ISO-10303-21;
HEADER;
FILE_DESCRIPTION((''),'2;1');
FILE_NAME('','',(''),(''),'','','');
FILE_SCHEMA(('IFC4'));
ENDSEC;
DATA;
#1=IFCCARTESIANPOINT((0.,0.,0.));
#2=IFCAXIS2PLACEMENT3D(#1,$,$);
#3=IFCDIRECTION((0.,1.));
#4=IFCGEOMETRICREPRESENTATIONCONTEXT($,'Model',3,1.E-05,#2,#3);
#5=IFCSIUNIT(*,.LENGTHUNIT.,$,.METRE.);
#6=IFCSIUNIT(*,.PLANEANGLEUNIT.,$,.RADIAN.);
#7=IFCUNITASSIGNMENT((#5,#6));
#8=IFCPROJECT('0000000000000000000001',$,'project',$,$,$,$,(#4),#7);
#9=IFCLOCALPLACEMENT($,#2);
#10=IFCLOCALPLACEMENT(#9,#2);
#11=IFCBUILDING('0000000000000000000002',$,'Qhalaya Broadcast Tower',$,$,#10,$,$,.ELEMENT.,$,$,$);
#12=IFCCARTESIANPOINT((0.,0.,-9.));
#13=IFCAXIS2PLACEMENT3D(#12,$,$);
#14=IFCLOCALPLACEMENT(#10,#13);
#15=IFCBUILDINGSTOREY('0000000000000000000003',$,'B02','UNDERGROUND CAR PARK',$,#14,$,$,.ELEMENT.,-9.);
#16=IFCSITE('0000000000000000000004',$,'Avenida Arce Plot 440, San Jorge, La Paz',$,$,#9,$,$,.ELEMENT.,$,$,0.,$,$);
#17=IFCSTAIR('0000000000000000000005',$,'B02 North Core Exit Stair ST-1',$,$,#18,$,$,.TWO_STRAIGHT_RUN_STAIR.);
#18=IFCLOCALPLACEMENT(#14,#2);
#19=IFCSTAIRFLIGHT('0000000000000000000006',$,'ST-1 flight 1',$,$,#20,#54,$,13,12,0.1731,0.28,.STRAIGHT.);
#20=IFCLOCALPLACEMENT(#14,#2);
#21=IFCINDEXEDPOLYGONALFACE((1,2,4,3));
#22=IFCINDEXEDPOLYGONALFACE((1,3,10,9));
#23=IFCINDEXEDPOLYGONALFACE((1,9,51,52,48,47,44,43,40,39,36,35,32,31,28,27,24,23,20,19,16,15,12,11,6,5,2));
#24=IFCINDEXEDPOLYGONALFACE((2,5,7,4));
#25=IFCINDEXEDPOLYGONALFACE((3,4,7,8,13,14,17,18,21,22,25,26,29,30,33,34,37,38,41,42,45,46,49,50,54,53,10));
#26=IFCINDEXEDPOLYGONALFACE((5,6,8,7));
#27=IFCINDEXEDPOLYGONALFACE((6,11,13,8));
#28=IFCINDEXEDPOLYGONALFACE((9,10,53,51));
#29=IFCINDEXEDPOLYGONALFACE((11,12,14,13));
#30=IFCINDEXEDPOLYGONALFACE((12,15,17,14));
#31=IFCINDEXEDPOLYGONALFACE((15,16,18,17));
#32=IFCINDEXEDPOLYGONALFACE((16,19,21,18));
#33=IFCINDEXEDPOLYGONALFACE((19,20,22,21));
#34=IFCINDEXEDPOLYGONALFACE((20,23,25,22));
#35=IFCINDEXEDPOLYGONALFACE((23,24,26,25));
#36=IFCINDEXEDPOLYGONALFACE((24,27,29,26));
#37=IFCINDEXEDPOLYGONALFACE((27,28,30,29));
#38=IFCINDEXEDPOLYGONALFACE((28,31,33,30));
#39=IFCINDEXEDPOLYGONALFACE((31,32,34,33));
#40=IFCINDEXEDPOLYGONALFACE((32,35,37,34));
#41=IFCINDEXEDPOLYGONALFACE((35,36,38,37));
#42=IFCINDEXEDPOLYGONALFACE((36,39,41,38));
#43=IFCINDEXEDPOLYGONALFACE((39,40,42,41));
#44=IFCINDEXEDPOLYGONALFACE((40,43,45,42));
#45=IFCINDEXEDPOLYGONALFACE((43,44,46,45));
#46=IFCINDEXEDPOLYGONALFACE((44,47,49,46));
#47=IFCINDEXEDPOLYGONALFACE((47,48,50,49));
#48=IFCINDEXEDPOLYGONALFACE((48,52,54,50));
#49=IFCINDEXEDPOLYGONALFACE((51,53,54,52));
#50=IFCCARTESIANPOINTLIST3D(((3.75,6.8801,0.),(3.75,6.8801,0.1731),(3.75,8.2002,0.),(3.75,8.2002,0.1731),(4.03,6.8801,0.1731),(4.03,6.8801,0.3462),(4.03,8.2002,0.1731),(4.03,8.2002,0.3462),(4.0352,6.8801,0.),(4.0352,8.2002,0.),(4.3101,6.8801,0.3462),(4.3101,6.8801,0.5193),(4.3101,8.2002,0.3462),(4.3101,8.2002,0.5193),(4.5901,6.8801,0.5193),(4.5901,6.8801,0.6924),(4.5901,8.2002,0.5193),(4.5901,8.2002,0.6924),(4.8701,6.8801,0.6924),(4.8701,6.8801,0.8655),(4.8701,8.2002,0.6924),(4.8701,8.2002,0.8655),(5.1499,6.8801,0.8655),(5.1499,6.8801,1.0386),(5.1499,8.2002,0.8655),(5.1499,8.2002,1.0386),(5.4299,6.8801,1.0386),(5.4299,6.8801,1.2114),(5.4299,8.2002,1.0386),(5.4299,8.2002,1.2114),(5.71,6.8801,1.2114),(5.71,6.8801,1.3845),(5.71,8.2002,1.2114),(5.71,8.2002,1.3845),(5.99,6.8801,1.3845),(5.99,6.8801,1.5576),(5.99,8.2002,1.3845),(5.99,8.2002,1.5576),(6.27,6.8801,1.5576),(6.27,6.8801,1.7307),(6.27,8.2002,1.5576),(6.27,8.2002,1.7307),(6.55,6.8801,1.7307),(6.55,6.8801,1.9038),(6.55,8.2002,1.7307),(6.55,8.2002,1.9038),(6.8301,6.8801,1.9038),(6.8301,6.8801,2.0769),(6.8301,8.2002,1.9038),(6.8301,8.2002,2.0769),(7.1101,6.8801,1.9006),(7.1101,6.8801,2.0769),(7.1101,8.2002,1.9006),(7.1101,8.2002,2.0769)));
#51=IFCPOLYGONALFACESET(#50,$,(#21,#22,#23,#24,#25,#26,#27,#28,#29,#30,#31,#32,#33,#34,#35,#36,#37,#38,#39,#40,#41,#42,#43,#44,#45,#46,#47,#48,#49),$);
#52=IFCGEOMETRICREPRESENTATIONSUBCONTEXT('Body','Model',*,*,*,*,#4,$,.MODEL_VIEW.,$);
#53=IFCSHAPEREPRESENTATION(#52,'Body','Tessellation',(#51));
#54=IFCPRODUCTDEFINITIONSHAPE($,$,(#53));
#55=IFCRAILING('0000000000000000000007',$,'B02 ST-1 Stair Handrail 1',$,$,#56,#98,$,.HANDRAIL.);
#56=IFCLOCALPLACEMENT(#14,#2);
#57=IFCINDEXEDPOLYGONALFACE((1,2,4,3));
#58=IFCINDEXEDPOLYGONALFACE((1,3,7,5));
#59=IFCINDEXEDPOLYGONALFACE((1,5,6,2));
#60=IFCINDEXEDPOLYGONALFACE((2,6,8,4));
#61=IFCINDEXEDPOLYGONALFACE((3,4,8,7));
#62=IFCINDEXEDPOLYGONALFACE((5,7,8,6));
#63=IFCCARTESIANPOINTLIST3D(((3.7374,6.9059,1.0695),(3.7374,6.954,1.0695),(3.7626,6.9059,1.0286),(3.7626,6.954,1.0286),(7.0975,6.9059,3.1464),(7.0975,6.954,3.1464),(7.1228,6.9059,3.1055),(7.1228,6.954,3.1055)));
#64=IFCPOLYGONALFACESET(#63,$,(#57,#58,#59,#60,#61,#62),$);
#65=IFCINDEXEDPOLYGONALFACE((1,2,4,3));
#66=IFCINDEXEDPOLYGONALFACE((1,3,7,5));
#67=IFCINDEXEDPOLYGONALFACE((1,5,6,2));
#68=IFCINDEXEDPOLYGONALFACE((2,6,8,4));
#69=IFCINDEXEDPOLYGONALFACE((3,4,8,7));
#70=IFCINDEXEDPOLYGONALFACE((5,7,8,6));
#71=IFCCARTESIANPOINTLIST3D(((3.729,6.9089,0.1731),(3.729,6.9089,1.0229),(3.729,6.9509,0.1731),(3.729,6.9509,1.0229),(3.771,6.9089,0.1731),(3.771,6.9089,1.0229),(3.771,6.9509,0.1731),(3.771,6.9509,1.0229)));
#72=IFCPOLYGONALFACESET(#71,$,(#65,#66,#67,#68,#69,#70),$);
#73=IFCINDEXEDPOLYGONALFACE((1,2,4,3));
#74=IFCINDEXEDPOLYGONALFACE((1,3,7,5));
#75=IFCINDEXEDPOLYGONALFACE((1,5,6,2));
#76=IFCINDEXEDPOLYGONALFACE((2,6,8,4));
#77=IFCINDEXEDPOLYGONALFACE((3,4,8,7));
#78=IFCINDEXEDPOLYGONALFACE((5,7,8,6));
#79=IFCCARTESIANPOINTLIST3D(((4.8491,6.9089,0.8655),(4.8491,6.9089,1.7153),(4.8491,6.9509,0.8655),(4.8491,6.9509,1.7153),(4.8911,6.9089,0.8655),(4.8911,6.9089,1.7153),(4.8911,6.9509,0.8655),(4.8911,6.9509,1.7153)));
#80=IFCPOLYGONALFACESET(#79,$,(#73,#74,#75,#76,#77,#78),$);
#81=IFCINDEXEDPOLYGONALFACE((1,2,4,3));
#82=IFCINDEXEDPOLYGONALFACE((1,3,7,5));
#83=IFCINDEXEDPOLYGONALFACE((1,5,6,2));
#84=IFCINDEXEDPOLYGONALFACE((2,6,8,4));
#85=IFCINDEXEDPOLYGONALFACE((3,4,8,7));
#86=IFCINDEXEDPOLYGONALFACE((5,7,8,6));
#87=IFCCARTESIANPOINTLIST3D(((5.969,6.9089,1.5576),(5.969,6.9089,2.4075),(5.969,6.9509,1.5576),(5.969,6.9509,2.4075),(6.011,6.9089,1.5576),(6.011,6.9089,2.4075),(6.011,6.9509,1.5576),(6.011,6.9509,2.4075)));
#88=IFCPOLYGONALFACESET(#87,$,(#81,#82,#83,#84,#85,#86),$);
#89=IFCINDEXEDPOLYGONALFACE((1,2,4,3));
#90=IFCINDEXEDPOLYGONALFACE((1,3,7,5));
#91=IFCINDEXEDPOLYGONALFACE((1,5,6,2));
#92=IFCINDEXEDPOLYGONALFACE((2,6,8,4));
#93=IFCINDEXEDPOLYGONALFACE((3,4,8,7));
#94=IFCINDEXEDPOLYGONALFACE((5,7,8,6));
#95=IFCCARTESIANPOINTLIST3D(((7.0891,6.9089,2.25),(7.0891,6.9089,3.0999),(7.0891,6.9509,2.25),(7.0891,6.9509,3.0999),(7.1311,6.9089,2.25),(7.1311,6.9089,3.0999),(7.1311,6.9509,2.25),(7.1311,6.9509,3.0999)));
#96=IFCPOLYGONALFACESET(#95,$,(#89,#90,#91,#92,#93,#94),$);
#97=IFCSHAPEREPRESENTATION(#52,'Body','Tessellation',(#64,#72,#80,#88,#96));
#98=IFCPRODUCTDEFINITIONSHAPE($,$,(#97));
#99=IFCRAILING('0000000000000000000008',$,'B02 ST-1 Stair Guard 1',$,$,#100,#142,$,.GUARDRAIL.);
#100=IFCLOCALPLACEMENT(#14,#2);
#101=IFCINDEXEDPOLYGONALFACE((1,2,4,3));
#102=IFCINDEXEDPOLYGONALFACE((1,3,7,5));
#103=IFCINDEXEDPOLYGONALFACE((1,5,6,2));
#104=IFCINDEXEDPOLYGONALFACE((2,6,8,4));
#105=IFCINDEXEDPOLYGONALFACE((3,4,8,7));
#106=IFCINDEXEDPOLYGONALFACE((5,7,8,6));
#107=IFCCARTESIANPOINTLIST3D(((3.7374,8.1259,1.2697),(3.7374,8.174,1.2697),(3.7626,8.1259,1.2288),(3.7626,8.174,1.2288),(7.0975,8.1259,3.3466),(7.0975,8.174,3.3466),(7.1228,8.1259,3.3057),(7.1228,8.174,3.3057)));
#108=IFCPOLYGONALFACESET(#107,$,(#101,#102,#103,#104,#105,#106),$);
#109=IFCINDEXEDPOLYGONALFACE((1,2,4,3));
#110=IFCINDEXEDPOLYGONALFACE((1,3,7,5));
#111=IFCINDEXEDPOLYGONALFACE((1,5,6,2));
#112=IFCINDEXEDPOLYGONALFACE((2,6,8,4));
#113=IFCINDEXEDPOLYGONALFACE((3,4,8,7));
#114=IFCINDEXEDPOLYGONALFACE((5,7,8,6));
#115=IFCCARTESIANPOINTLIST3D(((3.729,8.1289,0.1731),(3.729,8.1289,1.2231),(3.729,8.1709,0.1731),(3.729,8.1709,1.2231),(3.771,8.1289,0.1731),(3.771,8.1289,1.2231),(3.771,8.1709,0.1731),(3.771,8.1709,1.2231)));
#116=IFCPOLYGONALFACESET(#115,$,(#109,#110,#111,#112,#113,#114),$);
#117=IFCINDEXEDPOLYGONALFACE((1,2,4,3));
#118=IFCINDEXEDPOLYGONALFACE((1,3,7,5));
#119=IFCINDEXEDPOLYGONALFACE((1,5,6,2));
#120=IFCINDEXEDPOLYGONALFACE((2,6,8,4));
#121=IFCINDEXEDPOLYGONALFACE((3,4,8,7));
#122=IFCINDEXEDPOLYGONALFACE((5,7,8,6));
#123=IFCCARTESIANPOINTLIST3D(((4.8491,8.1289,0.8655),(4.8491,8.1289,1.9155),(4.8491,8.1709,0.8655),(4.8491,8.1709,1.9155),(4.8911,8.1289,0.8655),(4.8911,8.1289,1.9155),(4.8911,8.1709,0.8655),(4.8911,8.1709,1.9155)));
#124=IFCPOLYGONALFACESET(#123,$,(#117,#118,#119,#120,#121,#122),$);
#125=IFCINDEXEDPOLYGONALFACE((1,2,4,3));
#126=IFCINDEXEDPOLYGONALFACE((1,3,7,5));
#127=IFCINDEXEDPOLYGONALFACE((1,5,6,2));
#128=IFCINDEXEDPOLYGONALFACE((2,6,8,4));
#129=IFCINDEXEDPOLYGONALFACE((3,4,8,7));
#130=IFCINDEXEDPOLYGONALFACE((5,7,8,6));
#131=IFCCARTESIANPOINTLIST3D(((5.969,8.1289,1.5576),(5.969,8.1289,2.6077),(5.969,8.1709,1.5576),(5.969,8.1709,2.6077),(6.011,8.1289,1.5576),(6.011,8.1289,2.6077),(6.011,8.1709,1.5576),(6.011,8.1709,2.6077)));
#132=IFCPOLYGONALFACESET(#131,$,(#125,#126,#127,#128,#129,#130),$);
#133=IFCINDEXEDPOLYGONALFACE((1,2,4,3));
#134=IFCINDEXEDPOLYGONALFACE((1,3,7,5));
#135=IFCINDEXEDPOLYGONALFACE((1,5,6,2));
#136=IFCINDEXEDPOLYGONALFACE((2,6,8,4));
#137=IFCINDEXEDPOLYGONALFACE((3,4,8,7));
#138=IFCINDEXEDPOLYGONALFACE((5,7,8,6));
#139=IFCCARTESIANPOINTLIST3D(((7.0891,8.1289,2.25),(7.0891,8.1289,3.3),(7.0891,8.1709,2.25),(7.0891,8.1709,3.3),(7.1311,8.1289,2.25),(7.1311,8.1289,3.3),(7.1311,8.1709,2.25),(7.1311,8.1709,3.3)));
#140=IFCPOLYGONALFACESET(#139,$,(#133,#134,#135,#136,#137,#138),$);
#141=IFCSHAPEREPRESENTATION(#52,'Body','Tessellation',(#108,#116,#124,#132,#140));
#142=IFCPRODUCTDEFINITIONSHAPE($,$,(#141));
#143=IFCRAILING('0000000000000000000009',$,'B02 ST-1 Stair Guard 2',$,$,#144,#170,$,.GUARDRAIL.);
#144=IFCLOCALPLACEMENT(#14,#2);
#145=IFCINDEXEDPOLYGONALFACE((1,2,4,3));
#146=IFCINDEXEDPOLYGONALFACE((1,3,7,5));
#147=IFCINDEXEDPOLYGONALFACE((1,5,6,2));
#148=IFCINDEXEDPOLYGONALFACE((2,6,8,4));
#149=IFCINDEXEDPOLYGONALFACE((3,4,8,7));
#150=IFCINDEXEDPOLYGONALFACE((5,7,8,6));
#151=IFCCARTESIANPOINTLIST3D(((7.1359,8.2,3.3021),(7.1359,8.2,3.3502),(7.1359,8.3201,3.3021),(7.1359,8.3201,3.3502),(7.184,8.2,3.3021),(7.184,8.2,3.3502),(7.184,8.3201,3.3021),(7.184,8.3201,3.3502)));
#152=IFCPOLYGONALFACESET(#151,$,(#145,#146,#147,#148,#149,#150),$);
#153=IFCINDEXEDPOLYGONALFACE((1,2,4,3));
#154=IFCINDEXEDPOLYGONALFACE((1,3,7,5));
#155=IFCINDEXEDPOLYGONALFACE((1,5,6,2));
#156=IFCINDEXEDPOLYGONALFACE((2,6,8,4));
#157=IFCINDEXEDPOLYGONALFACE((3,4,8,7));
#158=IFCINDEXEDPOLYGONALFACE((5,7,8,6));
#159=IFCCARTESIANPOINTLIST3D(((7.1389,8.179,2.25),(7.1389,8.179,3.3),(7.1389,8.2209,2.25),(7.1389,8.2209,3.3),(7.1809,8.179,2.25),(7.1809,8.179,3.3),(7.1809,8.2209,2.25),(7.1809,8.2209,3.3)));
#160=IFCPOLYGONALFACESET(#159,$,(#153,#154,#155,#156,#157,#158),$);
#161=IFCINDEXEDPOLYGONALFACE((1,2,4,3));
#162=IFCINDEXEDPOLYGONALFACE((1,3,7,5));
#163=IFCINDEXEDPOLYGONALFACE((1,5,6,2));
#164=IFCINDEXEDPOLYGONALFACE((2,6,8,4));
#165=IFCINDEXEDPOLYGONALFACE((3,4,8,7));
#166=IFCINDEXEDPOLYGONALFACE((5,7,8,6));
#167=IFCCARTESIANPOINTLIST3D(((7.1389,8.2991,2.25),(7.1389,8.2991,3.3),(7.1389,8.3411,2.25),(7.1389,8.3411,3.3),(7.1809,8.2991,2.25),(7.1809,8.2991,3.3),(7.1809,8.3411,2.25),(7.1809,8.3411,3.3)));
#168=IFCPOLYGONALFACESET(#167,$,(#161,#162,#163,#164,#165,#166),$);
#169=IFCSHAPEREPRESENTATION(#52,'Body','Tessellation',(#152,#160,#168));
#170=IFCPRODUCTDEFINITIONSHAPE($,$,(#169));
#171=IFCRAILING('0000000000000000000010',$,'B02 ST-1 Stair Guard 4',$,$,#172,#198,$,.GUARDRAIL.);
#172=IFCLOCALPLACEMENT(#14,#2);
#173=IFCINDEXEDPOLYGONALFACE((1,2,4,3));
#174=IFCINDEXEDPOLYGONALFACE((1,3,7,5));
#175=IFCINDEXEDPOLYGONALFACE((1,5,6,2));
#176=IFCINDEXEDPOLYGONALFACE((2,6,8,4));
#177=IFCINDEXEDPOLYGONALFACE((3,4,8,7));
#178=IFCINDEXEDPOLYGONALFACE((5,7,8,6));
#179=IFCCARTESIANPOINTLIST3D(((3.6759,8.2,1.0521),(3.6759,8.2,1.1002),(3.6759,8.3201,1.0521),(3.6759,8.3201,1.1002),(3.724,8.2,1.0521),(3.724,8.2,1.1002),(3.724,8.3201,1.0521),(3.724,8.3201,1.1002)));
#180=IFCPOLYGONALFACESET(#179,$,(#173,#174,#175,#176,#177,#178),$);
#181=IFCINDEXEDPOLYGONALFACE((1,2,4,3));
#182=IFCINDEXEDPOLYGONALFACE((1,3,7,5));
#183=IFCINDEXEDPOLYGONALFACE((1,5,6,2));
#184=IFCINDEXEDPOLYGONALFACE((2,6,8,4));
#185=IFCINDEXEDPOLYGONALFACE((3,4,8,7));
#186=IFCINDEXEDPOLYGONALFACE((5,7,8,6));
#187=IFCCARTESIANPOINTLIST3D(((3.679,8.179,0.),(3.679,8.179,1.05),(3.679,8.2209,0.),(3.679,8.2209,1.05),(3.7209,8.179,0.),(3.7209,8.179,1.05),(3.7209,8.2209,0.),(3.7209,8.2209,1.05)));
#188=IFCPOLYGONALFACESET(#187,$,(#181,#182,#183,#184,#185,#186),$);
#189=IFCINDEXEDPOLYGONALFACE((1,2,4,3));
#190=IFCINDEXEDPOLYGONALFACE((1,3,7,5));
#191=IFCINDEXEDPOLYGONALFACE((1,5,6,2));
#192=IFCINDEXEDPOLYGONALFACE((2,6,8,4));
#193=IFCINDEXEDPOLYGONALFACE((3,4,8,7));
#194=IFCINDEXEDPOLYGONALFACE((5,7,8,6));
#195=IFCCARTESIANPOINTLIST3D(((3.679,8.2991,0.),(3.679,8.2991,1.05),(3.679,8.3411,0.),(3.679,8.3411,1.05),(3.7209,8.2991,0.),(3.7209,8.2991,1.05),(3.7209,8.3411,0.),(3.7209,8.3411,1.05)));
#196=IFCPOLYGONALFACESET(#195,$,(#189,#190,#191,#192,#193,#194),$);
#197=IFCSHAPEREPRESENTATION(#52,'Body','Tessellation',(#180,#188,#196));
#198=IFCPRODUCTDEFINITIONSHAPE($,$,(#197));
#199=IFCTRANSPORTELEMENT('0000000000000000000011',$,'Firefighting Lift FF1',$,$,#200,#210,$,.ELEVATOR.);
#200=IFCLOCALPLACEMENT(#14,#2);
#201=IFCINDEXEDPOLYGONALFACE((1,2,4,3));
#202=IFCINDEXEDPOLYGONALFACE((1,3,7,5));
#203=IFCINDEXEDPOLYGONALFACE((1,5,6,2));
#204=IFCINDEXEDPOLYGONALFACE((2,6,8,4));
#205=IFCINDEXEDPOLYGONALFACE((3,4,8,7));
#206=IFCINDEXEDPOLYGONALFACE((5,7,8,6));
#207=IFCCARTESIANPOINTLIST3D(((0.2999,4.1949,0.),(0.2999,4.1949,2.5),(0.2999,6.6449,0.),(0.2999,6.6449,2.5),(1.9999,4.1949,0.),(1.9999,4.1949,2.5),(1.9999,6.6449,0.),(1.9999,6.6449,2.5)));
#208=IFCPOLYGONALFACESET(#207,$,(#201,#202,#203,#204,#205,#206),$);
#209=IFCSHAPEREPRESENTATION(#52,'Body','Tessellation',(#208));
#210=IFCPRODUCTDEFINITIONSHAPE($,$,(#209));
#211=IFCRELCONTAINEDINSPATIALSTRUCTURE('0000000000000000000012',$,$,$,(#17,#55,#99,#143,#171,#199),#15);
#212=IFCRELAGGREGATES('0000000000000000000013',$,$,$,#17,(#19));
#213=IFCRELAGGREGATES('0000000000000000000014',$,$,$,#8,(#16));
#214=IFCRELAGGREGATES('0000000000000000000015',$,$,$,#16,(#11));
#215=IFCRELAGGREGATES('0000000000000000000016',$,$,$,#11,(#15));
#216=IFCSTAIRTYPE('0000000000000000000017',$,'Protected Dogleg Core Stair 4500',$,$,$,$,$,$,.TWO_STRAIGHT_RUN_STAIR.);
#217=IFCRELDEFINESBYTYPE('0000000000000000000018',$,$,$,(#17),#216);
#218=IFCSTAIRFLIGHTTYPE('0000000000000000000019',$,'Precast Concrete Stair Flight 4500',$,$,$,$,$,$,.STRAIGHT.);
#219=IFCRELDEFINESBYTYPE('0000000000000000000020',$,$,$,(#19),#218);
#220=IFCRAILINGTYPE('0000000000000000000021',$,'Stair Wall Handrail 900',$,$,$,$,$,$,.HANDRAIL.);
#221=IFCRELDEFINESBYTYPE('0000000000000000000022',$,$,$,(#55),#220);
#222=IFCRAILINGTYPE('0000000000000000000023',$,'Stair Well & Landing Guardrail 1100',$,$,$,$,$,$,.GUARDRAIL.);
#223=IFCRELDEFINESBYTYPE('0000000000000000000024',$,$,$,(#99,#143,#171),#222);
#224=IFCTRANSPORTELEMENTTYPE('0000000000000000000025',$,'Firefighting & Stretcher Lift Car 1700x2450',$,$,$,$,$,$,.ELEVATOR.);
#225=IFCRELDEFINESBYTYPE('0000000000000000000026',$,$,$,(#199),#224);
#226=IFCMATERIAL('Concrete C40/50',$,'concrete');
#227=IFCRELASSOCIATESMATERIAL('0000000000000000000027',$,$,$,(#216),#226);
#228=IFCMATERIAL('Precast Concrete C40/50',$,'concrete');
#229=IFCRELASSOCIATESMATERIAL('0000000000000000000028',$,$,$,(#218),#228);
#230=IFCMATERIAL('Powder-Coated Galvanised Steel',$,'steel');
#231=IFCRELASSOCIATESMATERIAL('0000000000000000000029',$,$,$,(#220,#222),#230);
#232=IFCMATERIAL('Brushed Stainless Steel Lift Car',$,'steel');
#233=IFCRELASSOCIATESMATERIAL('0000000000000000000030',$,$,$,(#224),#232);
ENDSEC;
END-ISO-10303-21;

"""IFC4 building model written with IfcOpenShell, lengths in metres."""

from ifc_helpers import new_model, si_unit, direction, frame, origin, origin_2d, place, context, subcontext, project, spatial, polyline, rectangle, outline, extrude, material, type_object, element, aggregate, save


model = new_model("IFC4")

# Units and contexts
model_context = context("Model", 3, precision=1e-05, world=origin(), true_north=direction((0.0, 1.0)))
body_context = subcontext(model_context, "Body", "Model", "MODEL_VIEW")
ifc_project = project(units=[si_unit("LENGTHUNIT", "METRE"), si_unit("PLANEANGLEUNIT", "RADIAN")], contexts=[model_context])

# Site, building, storey
site_placement = place(None, origin())
site = spatial("IfcSite", under=ifc_project, at=site_placement, Name="Avenida Arce Plot 440, San Jorge, La Paz", CompositionType="ELEMENT", RefElevation=0.0)
building_placement = place(site_placement, origin())
building = spatial("IfcBuilding", under=site, at=building_placement, Name="Qhalaya Broadcast Tower", CompositionType="ELEMENT")
storey_placement = place(building_placement, frame((0.0, 0.0, -9.0)))
storey = spatial("IfcBuildingStorey", under=building, at=storey_placement, Name="B02", Description="UNDERGROUND CAR PARK", CompositionType="ELEMENT", Elevation=-9.0)

# Stair, stair flight
ifc_material_1 = material(Name="Concrete C40/50", Category="concrete")
stair_type = type_object("IfcStairType", Name="Protected Dogleg Core Stair 4500", PredefinedType="TWO_STRAIGHT_RUN_STAIR", material=ifc_material_1)
stair_placement = place(storey_placement, origin())
stair = element("IfcStair", 1, at=stair_placement, inside=storey, type_object=stair_type, Name="B02 North Core Exit Stair ST-1", PredefinedType="TWO_STRAIGHT_RUN_STAIR")
ifc_material_2 = material(Name="Precast Concrete C40/50", Category="concrete")
stair_flight_type = type_object("IfcStairFlightType", Name="Precast Concrete Stair Flight 4500", PredefinedType="STRAIGHT", material=ifc_material_2)
stair_flight_placement = place(storey_placement, frame((3.75, 7.54, 0.0), z_axis=(0.0, 0.0, 1.0), x_axis=(1.0, 0.0, 0.0)))
stair_flight = element("IfcStairFlight", 2, at=stair_flight_placement, type_object=stair_flight_type, Name="ST-1 flight 1", NumberOfRisers=13, NumberOfTreads=12, PredefinedType="STRAIGHT", RiserHeight=0.1731, TreadLength=0.28, context=body_context, shape_type="SweptSolid", body=[
    extrude(outline(polyline([(0.0, 0.0), (0.0, 0.1731), (0.28, 0.1731), (0.28, 0.3462), (0.5601, 0.3462), (0.5601, 0.5193), (0.8401, 0.5193), (0.8401, 0.6924), (1.1201, 0.6924), (1.1201, 0.8655), (1.3999, 0.8655), (1.3999, 1.0386), (1.6799, 1.0386), (1.6799, 1.2114), (1.96, 1.2114), (1.96, 1.3845), (2.24, 1.3845), (2.24, 1.5576), (2.52, 1.5576), (2.52, 1.7307), (2.8, 1.7307), (2.8, 1.9038), (3.0801, 1.9038), (3.0801, 2.0769), (3.3601, 2.0769), (3.3601, 2.25), (3.3601, 1.9006), (0.2852, 0.0), (0.0, 0.0)])), frame((0.0, 0.6602, 0.0), z_axis=(0.0, -1.0, 0.0), x_axis=(1.0, 0.0, 0.0)), (0.0, 0.0, 1.0), 1.3201),
])
aggregate(stair, [stair_flight])

# Railings
ifc_material_3 = material(Name="Powder-Coated Galvanised Steel", Category="steel")
railing_type_1 = type_object("IfcRailingType", Name="Stair Wall Handrail 900", PredefinedType="HANDRAIL", material=ifc_material_3)
railing_1_placement = place(storey_placement, frame((3.75, 6.9299, 0.1731)))
element("IfcRailing", 3, at=railing_1_placement, inside=storey, type_object=railing_type_1, Name="B02 ST-1 Stair Handrail 1", PredefinedType="HANDRAIL", context=body_context, shape_type="SweptSolid", body=[
    extrude(rectangle(XDim=0.0481, YDim=0.0481, at=origin_2d()), frame((0.0, 0.0, 0.876), z_axis=(0.850623, 0.0, 0.525776), x_axis=(0.0, 1.0, 0.0)), (0.0, 0.0, 1.0), 3.9502),
    extrude(rectangle(XDim=0.042, YDim=0.042, at=origin_2d()), origin(), (0.0, 0.0, 1.0), 0.8499),
    extrude(rectangle(XDim=0.042, YDim=0.042, at=origin_2d()), frame((1.1201, 0.0, 0.6924)), (0.0, 0.0, 1.0), 0.8499),
    extrude(rectangle(XDim=0.042, YDim=0.042, at=origin_2d()), frame((2.24, 0.0, 1.3845)), (0.0, 0.0, 1.0), 0.8499),
    extrude(rectangle(XDim=0.042, YDim=0.042, at=origin_2d()), frame((3.3601, 0.0, 2.0769)), (0.0, 0.0, 1.0), 0.8499),
])
railing_type_2 = type_object("IfcRailingType", Name="Stair Well & Landing Guardrail 1100", PredefinedType="GUARDRAIL", material=ifc_material_3)
railing_2_placement = place(storey_placement, frame((3.75, 8.1499, 0.1731)))
element("IfcRailing", 4, at=railing_2_placement, inside=storey, type_object=railing_type_2, Name="B02 ST-1 Stair Guard 1", PredefinedType="GUARDRAIL", context=body_context, shape_type="SweptSolid", body=[
    extrude(rectangle(XDim=0.0481, YDim=0.0481, at=origin_2d()), frame((0.0, 0.0, 1.0762), z_axis=(0.850623, 0.0, 0.525776), x_axis=(0.0, 1.0, 0.0)), (0.0, 0.0, 1.0), 3.9502),
    extrude(rectangle(XDim=0.042, YDim=0.042, at=origin_2d()), origin(), (0.0, 0.0, 1.0), 1.05),
    extrude(rectangle(XDim=0.042, YDim=0.042, at=origin_2d()), frame((1.1201, 0.0, 0.6924)), (0.0, 0.0, 1.0), 1.05),
    extrude(rectangle(XDim=0.042, YDim=0.042, at=origin_2d()), frame((2.24, 0.0, 1.3845)), (0.0, 0.0, 1.0), 1.05),
    extrude(rectangle(XDim=0.042, YDim=0.042, at=origin_2d()), frame((3.3601, 0.0, 2.0769)), (0.0, 0.0, 1.0), 1.05),
])
for number, where, name in (
    (5, (7.1599, 8.2, 2.25), "B02 ST-1 Stair Guard 2"),
    (6, (3.7, 8.2, 0.0), "B02 ST-1 Stair Guard 4"),
):
    element("IfcRailing", number, at=place(storey_placement, frame(where)), inside=storey, type_object=railing_type_2, Name=name, PredefinedType="GUARDRAIL", context=body_context, shape_type="SweptSolid", body=[
        extrude(rectangle(XDim=0.0481, YDim=0.0481, at=origin_2d()), frame((0.0, 0.0, 1.0762), z_axis=(0.0, 1.0, 0.0), x_axis=(-1.0, 0.0, 0.0)), (0.0, 0.0, 1.0), 0.1201),
        extrude(rectangle(XDim=0.042, YDim=0.042, at=origin_2d()), origin(), (0.0, 0.0, 1.0), 1.05),
        extrude(rectangle(XDim=0.042, YDim=0.042, at=origin_2d()), frame((0.0, 0.1201, 0.0)), (0.0, 0.0, 1.0), 1.05),
    ])

# Transport element
ifc_material_4 = material(Name="Brushed Stainless Steel Lift Car", Category="steel")
transport_element_type = type_object("IfcTransportElementType", Name="Firefighting & Stretcher Lift Car 1700x2450", PredefinedType="ELEVATOR", material=ifc_material_4)
transport_element_placement = place(storey_placement, frame((1.1499, 5.4199, 0.0), z_axis=(0.0, 0.0, 1.0), x_axis=(1.0, 0.0, 0.0)))
element("IfcTransportElement", 7, at=transport_element_placement, inside=storey, type_object=transport_element_type, Name="Firefighting Lift FF1", PredefinedType="ELEVATOR", context=body_context, shape_type="SweptSolid", body=[
    extrude(rectangle(XDim=1.7, YDim=2.45, at=origin_2d()), origin(), (0.0, 0.0, 1.0), 2.5),
])

save(model, "model.ifc")
